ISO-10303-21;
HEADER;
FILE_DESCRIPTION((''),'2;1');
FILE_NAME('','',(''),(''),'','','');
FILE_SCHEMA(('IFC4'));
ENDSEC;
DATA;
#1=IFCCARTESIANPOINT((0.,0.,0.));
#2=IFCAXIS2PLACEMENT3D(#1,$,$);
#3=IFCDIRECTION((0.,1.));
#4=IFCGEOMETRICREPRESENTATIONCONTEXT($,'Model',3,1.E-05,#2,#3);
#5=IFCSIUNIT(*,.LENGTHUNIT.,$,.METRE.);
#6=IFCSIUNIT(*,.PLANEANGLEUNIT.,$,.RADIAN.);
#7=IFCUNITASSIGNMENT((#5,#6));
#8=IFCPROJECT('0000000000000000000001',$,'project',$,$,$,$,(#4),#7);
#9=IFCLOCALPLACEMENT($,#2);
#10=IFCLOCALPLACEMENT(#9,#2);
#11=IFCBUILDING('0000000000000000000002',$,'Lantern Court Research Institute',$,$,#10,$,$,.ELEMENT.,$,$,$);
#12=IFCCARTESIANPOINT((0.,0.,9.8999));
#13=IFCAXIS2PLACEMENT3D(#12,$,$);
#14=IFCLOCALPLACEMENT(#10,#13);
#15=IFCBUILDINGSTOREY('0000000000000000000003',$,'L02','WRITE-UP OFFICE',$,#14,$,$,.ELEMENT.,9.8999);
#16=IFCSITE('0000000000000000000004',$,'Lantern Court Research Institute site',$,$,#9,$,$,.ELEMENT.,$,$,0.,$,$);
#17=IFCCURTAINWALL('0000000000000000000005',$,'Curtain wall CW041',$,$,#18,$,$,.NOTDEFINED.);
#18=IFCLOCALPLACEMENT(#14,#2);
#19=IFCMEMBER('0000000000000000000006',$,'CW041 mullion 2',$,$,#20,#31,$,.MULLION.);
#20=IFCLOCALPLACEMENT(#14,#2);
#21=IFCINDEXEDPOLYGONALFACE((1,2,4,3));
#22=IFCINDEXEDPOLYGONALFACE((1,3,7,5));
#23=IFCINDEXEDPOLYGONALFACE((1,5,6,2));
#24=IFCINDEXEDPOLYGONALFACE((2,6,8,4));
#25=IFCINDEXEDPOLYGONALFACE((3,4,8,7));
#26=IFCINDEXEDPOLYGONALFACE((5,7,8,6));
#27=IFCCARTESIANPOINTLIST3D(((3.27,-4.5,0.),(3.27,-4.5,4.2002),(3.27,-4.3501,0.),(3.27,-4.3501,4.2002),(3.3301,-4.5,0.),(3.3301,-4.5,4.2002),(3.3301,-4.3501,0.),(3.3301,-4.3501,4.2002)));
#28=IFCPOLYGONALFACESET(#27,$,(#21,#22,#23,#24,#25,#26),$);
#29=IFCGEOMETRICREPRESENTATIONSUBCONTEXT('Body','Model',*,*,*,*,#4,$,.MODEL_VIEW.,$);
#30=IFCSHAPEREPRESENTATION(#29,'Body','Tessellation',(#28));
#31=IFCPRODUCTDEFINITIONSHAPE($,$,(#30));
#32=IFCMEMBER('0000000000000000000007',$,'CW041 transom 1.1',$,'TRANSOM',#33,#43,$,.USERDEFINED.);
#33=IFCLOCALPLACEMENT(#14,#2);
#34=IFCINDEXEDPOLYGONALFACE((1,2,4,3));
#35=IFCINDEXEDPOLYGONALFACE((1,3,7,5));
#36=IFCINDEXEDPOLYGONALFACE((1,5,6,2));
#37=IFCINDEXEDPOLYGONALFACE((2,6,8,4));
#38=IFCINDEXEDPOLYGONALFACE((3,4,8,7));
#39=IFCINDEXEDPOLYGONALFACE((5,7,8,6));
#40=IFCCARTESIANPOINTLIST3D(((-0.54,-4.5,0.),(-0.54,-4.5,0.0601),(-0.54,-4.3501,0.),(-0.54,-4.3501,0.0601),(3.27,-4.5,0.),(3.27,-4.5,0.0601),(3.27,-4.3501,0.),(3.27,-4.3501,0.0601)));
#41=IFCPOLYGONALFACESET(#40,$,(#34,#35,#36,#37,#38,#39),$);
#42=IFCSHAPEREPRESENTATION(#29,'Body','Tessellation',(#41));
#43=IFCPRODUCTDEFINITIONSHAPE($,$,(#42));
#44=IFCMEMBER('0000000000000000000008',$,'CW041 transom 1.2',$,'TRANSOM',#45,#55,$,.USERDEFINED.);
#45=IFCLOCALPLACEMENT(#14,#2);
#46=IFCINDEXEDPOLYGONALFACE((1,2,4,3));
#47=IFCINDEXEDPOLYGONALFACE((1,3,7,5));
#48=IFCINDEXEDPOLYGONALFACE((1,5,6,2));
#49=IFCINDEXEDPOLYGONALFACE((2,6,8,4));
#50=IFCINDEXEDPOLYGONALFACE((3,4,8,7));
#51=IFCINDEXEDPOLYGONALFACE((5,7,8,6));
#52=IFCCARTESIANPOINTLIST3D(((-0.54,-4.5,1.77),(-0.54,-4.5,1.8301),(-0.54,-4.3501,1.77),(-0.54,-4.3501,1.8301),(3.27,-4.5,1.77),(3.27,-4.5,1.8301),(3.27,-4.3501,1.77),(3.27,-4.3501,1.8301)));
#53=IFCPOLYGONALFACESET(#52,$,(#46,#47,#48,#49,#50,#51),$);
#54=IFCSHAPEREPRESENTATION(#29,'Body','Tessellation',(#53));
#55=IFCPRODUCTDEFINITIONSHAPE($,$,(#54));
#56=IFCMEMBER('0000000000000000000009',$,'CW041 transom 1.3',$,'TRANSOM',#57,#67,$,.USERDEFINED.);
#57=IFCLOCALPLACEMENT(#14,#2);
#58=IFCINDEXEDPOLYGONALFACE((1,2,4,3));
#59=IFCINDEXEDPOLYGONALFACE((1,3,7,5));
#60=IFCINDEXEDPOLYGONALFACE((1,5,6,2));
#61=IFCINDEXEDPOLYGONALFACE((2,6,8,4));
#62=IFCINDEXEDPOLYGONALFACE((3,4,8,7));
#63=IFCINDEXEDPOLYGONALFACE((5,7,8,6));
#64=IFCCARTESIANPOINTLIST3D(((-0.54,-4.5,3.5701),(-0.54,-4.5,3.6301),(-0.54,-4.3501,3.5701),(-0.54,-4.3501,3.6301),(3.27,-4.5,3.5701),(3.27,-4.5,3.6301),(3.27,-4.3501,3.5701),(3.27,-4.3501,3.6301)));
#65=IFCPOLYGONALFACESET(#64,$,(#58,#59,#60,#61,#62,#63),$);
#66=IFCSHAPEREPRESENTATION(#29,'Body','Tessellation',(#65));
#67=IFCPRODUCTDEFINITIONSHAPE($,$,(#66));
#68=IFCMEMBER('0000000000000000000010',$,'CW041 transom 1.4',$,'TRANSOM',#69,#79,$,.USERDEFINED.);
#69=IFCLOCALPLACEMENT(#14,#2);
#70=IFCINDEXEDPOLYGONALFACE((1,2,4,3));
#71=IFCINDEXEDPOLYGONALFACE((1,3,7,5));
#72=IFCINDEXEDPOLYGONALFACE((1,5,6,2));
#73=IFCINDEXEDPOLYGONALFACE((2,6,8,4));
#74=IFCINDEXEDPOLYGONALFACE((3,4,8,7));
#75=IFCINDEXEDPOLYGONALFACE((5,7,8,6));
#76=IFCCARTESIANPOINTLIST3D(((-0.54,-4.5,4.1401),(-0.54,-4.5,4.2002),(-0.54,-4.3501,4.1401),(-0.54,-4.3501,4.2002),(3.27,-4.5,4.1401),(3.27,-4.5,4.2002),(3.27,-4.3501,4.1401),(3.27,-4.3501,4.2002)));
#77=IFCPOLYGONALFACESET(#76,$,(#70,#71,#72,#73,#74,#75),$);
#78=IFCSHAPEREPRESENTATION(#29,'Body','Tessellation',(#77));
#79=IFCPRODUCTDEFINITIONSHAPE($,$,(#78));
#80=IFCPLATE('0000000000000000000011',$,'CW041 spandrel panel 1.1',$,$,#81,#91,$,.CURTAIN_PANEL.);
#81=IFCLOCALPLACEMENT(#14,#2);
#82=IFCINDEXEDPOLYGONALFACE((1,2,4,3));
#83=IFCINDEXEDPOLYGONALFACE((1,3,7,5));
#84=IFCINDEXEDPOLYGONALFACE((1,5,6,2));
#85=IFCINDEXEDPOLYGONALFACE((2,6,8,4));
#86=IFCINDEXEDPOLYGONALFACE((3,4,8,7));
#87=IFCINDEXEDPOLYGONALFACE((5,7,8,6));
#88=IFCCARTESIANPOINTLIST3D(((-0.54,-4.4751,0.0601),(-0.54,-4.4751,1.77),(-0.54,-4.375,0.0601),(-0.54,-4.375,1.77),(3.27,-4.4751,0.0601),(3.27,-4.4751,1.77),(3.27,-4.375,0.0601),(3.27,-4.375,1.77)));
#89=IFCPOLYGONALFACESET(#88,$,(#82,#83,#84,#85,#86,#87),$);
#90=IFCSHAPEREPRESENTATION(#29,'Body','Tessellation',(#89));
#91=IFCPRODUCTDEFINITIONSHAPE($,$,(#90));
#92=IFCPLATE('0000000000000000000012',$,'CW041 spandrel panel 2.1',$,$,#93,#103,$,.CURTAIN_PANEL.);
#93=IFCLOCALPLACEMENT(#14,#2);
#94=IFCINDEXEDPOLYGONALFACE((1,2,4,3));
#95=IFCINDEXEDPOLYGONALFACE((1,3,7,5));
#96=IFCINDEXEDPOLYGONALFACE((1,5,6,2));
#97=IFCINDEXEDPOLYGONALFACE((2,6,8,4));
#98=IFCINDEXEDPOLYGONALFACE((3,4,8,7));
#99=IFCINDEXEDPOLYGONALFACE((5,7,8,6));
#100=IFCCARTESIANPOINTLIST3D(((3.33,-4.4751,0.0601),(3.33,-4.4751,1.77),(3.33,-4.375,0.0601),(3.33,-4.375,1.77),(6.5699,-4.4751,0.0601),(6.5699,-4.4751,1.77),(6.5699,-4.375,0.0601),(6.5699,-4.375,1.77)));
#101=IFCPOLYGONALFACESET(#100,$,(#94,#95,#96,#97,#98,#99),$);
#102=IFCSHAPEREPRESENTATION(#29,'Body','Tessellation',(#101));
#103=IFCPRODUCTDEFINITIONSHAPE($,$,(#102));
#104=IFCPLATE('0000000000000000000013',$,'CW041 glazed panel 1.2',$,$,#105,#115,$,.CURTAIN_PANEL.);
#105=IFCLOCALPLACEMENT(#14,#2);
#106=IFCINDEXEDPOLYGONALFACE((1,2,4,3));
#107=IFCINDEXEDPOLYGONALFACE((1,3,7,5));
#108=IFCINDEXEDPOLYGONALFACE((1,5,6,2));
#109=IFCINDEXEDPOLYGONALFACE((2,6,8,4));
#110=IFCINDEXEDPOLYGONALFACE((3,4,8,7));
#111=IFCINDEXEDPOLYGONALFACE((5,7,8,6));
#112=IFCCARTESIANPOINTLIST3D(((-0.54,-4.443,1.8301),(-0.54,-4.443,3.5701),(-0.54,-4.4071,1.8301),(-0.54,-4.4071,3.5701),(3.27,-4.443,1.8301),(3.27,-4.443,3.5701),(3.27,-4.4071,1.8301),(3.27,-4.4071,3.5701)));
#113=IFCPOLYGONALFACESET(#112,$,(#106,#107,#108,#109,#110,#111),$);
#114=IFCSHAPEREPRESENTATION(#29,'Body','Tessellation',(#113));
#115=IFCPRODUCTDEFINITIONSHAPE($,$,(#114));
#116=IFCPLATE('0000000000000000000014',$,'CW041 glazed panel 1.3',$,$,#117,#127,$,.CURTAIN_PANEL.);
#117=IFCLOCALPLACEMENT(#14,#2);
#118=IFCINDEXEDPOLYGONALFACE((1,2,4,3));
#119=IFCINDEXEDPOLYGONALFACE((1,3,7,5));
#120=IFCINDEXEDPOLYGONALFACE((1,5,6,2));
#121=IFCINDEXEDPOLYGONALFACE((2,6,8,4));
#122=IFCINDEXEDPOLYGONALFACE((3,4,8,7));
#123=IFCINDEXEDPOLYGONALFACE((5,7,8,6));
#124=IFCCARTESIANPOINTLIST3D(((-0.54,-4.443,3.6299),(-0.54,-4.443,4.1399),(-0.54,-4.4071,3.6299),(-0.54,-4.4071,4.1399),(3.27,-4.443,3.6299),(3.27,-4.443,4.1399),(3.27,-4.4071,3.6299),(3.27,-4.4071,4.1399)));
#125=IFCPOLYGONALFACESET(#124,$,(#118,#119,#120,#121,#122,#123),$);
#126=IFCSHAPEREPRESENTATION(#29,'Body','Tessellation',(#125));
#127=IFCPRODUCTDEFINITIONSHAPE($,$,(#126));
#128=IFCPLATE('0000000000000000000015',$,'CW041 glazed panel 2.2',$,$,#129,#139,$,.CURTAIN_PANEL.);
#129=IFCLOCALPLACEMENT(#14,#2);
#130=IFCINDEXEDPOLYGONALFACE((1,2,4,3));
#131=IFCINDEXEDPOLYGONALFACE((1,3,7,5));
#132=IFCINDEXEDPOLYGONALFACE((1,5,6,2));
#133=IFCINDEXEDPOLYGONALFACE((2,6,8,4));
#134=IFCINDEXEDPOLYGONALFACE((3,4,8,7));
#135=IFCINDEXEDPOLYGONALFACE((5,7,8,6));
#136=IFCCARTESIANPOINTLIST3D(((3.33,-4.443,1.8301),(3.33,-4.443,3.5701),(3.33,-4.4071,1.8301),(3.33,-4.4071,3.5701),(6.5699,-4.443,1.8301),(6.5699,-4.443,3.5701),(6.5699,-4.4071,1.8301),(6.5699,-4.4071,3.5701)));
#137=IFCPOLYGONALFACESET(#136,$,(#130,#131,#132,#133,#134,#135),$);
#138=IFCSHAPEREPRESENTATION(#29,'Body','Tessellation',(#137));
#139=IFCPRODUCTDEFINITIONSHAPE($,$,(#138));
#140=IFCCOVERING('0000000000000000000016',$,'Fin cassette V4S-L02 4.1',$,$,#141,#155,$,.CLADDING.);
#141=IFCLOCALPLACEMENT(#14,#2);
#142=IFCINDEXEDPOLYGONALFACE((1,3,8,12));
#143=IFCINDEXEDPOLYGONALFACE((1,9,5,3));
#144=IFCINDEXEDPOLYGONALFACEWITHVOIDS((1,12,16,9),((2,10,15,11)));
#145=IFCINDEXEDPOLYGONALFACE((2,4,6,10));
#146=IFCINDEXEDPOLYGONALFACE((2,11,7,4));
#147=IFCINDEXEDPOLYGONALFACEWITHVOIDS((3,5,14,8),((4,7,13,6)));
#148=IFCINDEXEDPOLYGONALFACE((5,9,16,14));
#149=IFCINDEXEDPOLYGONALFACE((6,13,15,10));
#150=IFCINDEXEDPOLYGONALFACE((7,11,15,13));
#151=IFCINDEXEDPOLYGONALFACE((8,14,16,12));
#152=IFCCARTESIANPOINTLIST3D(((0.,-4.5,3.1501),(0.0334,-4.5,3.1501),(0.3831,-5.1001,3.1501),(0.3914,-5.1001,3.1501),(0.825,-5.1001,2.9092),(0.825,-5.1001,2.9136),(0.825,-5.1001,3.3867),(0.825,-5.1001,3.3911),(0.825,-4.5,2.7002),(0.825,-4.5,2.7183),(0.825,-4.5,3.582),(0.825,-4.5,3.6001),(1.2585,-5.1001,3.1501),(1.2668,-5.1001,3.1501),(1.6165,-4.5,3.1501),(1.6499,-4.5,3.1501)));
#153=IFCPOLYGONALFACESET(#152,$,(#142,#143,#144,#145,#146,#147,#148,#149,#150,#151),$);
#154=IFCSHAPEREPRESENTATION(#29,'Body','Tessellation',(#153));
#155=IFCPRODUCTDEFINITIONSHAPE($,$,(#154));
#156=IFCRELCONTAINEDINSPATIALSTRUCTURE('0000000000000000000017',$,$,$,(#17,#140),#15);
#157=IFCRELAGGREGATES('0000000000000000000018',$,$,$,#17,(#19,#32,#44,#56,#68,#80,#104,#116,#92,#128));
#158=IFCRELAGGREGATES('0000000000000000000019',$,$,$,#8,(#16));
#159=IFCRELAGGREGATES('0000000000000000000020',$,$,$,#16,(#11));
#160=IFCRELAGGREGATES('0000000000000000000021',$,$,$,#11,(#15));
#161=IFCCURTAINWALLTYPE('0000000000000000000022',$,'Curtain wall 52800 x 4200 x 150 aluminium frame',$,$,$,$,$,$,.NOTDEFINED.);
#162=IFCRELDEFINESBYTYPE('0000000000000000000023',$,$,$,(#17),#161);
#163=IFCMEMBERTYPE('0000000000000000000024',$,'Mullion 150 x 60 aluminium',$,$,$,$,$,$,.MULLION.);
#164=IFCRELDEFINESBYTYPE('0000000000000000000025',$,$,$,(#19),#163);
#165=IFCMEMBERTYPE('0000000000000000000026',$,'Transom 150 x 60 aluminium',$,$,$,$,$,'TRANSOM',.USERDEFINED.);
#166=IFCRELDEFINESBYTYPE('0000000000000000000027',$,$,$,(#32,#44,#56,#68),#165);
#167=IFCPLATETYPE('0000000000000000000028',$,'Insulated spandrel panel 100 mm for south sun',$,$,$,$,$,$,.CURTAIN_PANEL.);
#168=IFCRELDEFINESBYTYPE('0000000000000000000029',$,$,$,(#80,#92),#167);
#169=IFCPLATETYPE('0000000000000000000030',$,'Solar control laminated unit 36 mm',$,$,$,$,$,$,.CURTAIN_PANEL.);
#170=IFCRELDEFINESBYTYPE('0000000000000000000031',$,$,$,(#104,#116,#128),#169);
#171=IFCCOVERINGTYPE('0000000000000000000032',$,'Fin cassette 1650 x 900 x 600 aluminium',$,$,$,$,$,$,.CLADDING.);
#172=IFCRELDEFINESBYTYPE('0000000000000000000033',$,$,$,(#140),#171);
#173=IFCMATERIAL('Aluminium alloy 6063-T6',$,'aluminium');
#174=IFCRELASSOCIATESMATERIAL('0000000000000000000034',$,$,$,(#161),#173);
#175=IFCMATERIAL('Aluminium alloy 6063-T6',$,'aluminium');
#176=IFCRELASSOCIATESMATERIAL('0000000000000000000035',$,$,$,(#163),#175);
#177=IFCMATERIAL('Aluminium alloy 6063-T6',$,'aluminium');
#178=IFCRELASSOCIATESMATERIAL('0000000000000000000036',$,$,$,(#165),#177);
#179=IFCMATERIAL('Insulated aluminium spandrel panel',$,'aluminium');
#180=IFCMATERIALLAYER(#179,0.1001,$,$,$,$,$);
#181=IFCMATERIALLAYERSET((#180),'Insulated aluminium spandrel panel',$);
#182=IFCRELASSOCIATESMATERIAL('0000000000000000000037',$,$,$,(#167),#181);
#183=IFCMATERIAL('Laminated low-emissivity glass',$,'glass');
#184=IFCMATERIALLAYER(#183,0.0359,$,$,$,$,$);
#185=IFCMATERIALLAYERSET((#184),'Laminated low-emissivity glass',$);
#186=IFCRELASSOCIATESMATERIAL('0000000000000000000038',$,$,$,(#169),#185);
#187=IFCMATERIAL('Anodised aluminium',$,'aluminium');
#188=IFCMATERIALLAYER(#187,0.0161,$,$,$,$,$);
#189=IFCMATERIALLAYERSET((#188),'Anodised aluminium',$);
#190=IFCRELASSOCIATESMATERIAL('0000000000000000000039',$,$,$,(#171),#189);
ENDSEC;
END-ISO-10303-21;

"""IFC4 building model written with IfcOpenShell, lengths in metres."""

from ifc_helpers import new_model, entity, si_unit, direction, frame, origin, origin_2d, place, context, subcontext, project, spatial, rectangle, extrude, material, layer, layer_set, material_profile, profile_set, type_object, element, aggregate, save


model = new_model("IFC4")

# Units and contexts
model_context = context("Model", 3, precision=1e-05, world=origin(), true_north=direction((0.0, 1.0)))
body_context = subcontext(model_context, "Body", "Model", "MODEL_VIEW")
ifc_project = project(units=[si_unit("LENGTHUNIT", "METRE"), si_unit("PLANEANGLEUNIT", "RADIAN")], contexts=[model_context])

# Site, building, storey
site_placement = place(None, origin())
site = spatial("IfcSite", under=ifc_project, at=site_placement, Name="Lantern Court Research Institute site", CompositionType="ELEMENT", RefElevation=0.0)
building_placement = place(site_placement, origin())
building = spatial("IfcBuilding", under=site, at=building_placement, Name="Lantern Court Research Institute", CompositionType="ELEMENT")
storey_placement = place(building_placement, frame((0.0, 0.0, 9.8999)))
storey = spatial("IfcBuildingStorey", under=building, at=storey_placement, Name="L02", Description="WRITE-UP OFFICE", CompositionType="ELEMENT", Elevation=9.8999)

# Curtain wall, members, plates
ifc_material_1 = material(Name="Aluminium alloy 6063-T6", Category="aluminium")
curtain_wall_type = type_object("IfcCurtainWallType", Name="Curtain wall 52800 x 4200 x 150 aluminium frame", PredefinedType="NOTDEFINED", material=ifc_material_1)
curtain_wall_placement = place(storey_placement, origin())
curtain_wall = element("IfcCurtainWall", 1, at=curtain_wall_placement, inside=storey, type_object=curtain_wall_type, Name="Curtain wall CW041", PredefinedType="NOTDEFINED")
ifc_material_2 = material(Name="Aluminium alloy 6063-T6", Category="aluminium")
ifc_material_profile_1 = material_profile(ifc_material_2, rectangle(XDim=0.1499, YDim=0.0601, at=origin_2d()), Name="Mullion 150 x 60")
ifc_profile_set_1 = profile_set([ifc_material_profile_1], Name="Aluminium alloy 6063-T6")
member_type_1 = type_object("IfcMemberType", Name="Mullion 150 x 60 aluminium", PredefinedType="MULLION", material=ifc_profile_set_1)
member_1_placement = place(storey_placement, frame((3.3, -4.425, 0.0), z_axis=(0.0, 0.0, 1.0), x_axis=(0.0, -1.0, 0.0)))
member_1 = element("IfcMember", 2, at=member_1_placement, type_object=member_type_1, Name="CW041 mullion 2", PredefinedType="MULLION", context=body_context, shape_type="SweptSolid", body=[
    extrude(rectangle(XDim=0.1499, YDim=0.0601, at=origin_2d()), origin(), (0.0, 0.0, 1.0), 4.2002),
])
ifc_material_3 = material(Name="Aluminium alloy 6063-T6", Category="aluminium")
ifc_material_profile_2 = material_profile(ifc_material_3, rectangle(XDim=0.1499, YDim=0.0601, at=origin_2d()), Name="Transom 150 x 60")
ifc_profile_set_2 = profile_set([ifc_material_profile_2], Name="Aluminium alloy 6063-T6")
member_type_2 = type_object("IfcMemberType", Name="Transom 150 x 60 aluminium", ElementType="TRANSOM", PredefinedType="USERDEFINED", material=ifc_profile_set_2)
member_2_placement = place(storey_placement, frame((3.27, -4.425, 0.03), z_axis=(-1.0, 0.0, 0.0), x_axis=(0.0, -1.0, 0.0)))
member_2 = element("IfcMember", 3, at=member_2_placement, type_object=member_type_2, Name="CW041 transom 1.1", ObjectType="TRANSOM", PredefinedType="USERDEFINED", context=body_context, shape_type="SweptSolid", body=[
    extrude(rectangle(XDim=0.1499, YDim=0.0601, at=origin_2d()), origin(), (0.0, 0.0, 1.0), 3.8101),
])
member_3_placement = place(storey_placement, frame((3.27, -4.425, 1.8), z_axis=(-1.0, 0.0, 0.0), x_axis=(0.0, -1.0, 0.0)))
member_3 = element("IfcMember", 4, at=member_3_placement, type_object=member_type_2, Name="CW041 transom 1.2", ObjectType="TRANSOM", PredefinedType="USERDEFINED", context=body_context, shape_type="SweptSolid", body=[
    extrude(rectangle(XDim=0.1499, YDim=0.0601, at=origin_2d()), origin(), (0.0, 0.0, 1.0), 3.8101),
])
member_4_placement = place(storey_placement, frame((3.27, -4.425, 3.6001), z_axis=(-1.0, 0.0, 0.0), x_axis=(0.0, -1.0, 0.0)))
member_4 = element("IfcMember", 5, at=member_4_placement, type_object=member_type_2, Name="CW041 transom 1.3", ObjectType="TRANSOM", PredefinedType="USERDEFINED", context=body_context, shape_type="SweptSolid", body=[
    extrude(rectangle(XDim=0.1499, YDim=0.0601, at=origin_2d()), origin(), (0.0, 0.0, 1.0), 3.8101),
])
member_5_placement = place(storey_placement, frame((3.27, -4.425, 4.1702), z_axis=(-1.0, 0.0, 0.0), x_axis=(0.0, -1.0, 0.0)))
member_5 = element("IfcMember", 6, at=member_5_placement, type_object=member_type_2, Name="CW041 transom 1.4", ObjectType="TRANSOM", PredefinedType="USERDEFINED", context=body_context, shape_type="SweptSolid", body=[
    extrude(rectangle(XDim=0.1499, YDim=0.0601, at=origin_2d()), origin(), (0.0, 0.0, 1.0), 3.8101),
])
ifc_material_4 = material(Name="Insulated aluminium spandrel panel", Category="aluminium")
ifc_layer_1 = layer(ifc_material_4, 0.1001)
ifc_layer_set_1 = layer_set([ifc_layer_1], Name="Insulated aluminium spandrel panel")
plate_type_1 = type_object("IfcPlateType", Name="Insulated spandrel panel 100 mm for south sun", PredefinedType="CURTAIN_PANEL", material=ifc_layer_set_1)
plate_1_placement = place(storey_placement, frame((1.365, -4.425, 0.0601), z_axis=(0.0, 0.0, 1.0), x_axis=(-1.0, 0.0, 0.0)))
plate_1 = element("IfcPlate", 7, at=plate_1_placement, type_object=plate_type_1, Name="CW041 spandrel panel 1.1", PredefinedType="CURTAIN_PANEL", context=body_context, shape_type="SweptSolid", body=[
    extrude(rectangle(XDim=3.8101, YDim=0.1001, at=origin_2d()), origin(), (0.0, 0.0, 1.0), 1.71),
])
plate_2_placement = place(storey_placement, frame((4.95, -4.425, 0.0601), z_axis=(0.0, 0.0, 1.0), x_axis=(-1.0, 0.0, 0.0)))
plate_2 = element("IfcPlate", 8, at=plate_2_placement, type_object=plate_type_1, Name="CW041 spandrel panel 2.1", PredefinedType="CURTAIN_PANEL", context=body_context, shape_type="SweptSolid", body=[
    extrude(rectangle(XDim=3.24, YDim=0.1001, at=origin_2d()), origin(), (0.0, 0.0, 1.0), 1.71),
])
ifc_material_5 = material(Name="Laminated low-emissivity glass", Category="glass")
ifc_layer_2 = layer(ifc_material_5, 0.0359)
ifc_layer_set_2 = layer_set([ifc_layer_2], Name="Laminated low-emissivity glass")
plate_type_2 = type_object("IfcPlateType", Name="Solar control laminated unit 36 mm", PredefinedType="CURTAIN_PANEL", material=ifc_layer_set_2)
plate_3_placement = place(storey_placement, frame((1.365, -4.425, 1.8301), z_axis=(0.0, 0.0, 1.0), x_axis=(-1.0, 0.0, 0.0)))
plate_3 = element("IfcPlate", 9, at=plate_3_placement, type_object=plate_type_2, Name="CW041 glazed panel 1.2", PredefinedType="CURTAIN_PANEL", context=body_context, shape_type="SweptSolid", body=[
    extrude(rectangle(XDim=3.8101, YDim=0.0359, at=origin_2d()), origin(), (0.0, 0.0, 1.0), 1.74),
])
plate_4_placement = place(storey_placement, frame((1.365, -4.425, 3.6299), z_axis=(0.0, 0.0, 1.0), x_axis=(-1.0, 0.0, 0.0)))
plate_4 = element("IfcPlate", 10, at=plate_4_placement, type_object=plate_type_2, Name="CW041 glazed panel 1.3", PredefinedType="CURTAIN_PANEL", context=body_context, shape_type="SweptSolid", body=[
    extrude(rectangle(XDim=3.8101, YDim=0.0359, at=origin_2d()), origin(), (0.0, 0.0, 1.0), 0.51),
])
plate_5_placement = place(storey_placement, frame((4.95, -4.425, 1.8301), z_axis=(0.0, 0.0, 1.0), x_axis=(-1.0, 0.0, 0.0)))
plate_5 = element("IfcPlate", 11, at=plate_5_placement, type_object=plate_type_2, Name="CW041 glazed panel 2.2", PredefinedType="CURTAIN_PANEL", context=body_context, shape_type="SweptSolid", body=[
    extrude(rectangle(XDim=3.24, YDim=0.0359, at=origin_2d()), origin(), (0.0, 0.0, 1.0), 1.74),
])
aggregate(curtain_wall, [member_1, member_2, member_3, member_4, member_5, plate_1, plate_3, plate_4, plate_2, plate_5])

# Covering
ifc_material_6 = material(Name="Anodised aluminium", Category="aluminium")
ifc_layer_3 = layer(ifc_material_6, 0.0161)
ifc_layer_set_3 = layer_set([ifc_layer_3], Name="Anodised aluminium")
covering_type = type_object("IfcCoveringType", Name="Fin cassette 1650 x 900 x 600 aluminium", PredefinedType="CLADDING", material=ifc_layer_set_3)
covering_1_placement = place(storey_placement, frame((0.825, -4.5, 3.1501), z_axis=(0.0, -1.0, 0.0), x_axis=(1.0, 0.0, 0.0)))
cartesian_point_1 = entity("IfcCartesianPoint", [0.825, 0.0])
cartesian_point_2 = entity("IfcCartesianPoint", [0.7915, 0.0])
cartesian_point_3 = entity("IfcCartesianPoint", [0.4419, 0.0])
cartesian_point_4 = entity("IfcCartesianPoint", [0.4336, 0.0])
element("IfcCovering", 12, at=covering_1_placement, inside=storey, type_object=covering_type, Name="Fin cassette V4S-L02 4.1", PredefinedType="CLADDING", context=body_context, shape_type="SweptSolid", body=[
    entity("IfcExtrudedAreaSolidTapered", entity("IfcArbitraryProfileDefWithVoids", "AREA", None, entity("IfcPolyline", [cartesian_point_1, entity("IfcCartesianPoint", [0.0, 0.45]), entity("IfcCartesianPoint", [-0.825, 0.0]), entity("IfcCartesianPoint", [0.0, -0.45]), cartesian_point_1]), [entity("IfcPolyline", [cartesian_point_2, entity("IfcCartesianPoint", [0.0, 0.4319]), entity("IfcCartesianPoint", [-0.7915, 0.0]), entity("IfcCartesianPoint", [0.0, -0.4319]), cartesian_point_2])]), entity("IfcAxis2Placement3D", entity("IfcCartesianPoint", [0.0, 0.0, 0.0])), entity("IfcDirection", [0.0, 0.0, 1.0]), 0.6001, entity("IfcArbitraryProfileDefWithVoids", "AREA", None, entity("IfcPolyline", [cartesian_point_3, entity("IfcCartesianPoint", [0.0, 0.241]), entity("IfcCartesianPoint", [-0.4419, 0.0]), entity("IfcCartesianPoint", [0.0, -0.241]), cartesian_point_3]), [entity("IfcPolyline", [cartesian_point_4, entity("IfcCartesianPoint", [0.0, 0.2366]), entity("IfcCartesianPoint", [-0.4336, 0.0]), entity("IfcCartesianPoint", [0.0, -0.2366]), cartesian_point_4])])),
])

save(model, "model.ifc")
